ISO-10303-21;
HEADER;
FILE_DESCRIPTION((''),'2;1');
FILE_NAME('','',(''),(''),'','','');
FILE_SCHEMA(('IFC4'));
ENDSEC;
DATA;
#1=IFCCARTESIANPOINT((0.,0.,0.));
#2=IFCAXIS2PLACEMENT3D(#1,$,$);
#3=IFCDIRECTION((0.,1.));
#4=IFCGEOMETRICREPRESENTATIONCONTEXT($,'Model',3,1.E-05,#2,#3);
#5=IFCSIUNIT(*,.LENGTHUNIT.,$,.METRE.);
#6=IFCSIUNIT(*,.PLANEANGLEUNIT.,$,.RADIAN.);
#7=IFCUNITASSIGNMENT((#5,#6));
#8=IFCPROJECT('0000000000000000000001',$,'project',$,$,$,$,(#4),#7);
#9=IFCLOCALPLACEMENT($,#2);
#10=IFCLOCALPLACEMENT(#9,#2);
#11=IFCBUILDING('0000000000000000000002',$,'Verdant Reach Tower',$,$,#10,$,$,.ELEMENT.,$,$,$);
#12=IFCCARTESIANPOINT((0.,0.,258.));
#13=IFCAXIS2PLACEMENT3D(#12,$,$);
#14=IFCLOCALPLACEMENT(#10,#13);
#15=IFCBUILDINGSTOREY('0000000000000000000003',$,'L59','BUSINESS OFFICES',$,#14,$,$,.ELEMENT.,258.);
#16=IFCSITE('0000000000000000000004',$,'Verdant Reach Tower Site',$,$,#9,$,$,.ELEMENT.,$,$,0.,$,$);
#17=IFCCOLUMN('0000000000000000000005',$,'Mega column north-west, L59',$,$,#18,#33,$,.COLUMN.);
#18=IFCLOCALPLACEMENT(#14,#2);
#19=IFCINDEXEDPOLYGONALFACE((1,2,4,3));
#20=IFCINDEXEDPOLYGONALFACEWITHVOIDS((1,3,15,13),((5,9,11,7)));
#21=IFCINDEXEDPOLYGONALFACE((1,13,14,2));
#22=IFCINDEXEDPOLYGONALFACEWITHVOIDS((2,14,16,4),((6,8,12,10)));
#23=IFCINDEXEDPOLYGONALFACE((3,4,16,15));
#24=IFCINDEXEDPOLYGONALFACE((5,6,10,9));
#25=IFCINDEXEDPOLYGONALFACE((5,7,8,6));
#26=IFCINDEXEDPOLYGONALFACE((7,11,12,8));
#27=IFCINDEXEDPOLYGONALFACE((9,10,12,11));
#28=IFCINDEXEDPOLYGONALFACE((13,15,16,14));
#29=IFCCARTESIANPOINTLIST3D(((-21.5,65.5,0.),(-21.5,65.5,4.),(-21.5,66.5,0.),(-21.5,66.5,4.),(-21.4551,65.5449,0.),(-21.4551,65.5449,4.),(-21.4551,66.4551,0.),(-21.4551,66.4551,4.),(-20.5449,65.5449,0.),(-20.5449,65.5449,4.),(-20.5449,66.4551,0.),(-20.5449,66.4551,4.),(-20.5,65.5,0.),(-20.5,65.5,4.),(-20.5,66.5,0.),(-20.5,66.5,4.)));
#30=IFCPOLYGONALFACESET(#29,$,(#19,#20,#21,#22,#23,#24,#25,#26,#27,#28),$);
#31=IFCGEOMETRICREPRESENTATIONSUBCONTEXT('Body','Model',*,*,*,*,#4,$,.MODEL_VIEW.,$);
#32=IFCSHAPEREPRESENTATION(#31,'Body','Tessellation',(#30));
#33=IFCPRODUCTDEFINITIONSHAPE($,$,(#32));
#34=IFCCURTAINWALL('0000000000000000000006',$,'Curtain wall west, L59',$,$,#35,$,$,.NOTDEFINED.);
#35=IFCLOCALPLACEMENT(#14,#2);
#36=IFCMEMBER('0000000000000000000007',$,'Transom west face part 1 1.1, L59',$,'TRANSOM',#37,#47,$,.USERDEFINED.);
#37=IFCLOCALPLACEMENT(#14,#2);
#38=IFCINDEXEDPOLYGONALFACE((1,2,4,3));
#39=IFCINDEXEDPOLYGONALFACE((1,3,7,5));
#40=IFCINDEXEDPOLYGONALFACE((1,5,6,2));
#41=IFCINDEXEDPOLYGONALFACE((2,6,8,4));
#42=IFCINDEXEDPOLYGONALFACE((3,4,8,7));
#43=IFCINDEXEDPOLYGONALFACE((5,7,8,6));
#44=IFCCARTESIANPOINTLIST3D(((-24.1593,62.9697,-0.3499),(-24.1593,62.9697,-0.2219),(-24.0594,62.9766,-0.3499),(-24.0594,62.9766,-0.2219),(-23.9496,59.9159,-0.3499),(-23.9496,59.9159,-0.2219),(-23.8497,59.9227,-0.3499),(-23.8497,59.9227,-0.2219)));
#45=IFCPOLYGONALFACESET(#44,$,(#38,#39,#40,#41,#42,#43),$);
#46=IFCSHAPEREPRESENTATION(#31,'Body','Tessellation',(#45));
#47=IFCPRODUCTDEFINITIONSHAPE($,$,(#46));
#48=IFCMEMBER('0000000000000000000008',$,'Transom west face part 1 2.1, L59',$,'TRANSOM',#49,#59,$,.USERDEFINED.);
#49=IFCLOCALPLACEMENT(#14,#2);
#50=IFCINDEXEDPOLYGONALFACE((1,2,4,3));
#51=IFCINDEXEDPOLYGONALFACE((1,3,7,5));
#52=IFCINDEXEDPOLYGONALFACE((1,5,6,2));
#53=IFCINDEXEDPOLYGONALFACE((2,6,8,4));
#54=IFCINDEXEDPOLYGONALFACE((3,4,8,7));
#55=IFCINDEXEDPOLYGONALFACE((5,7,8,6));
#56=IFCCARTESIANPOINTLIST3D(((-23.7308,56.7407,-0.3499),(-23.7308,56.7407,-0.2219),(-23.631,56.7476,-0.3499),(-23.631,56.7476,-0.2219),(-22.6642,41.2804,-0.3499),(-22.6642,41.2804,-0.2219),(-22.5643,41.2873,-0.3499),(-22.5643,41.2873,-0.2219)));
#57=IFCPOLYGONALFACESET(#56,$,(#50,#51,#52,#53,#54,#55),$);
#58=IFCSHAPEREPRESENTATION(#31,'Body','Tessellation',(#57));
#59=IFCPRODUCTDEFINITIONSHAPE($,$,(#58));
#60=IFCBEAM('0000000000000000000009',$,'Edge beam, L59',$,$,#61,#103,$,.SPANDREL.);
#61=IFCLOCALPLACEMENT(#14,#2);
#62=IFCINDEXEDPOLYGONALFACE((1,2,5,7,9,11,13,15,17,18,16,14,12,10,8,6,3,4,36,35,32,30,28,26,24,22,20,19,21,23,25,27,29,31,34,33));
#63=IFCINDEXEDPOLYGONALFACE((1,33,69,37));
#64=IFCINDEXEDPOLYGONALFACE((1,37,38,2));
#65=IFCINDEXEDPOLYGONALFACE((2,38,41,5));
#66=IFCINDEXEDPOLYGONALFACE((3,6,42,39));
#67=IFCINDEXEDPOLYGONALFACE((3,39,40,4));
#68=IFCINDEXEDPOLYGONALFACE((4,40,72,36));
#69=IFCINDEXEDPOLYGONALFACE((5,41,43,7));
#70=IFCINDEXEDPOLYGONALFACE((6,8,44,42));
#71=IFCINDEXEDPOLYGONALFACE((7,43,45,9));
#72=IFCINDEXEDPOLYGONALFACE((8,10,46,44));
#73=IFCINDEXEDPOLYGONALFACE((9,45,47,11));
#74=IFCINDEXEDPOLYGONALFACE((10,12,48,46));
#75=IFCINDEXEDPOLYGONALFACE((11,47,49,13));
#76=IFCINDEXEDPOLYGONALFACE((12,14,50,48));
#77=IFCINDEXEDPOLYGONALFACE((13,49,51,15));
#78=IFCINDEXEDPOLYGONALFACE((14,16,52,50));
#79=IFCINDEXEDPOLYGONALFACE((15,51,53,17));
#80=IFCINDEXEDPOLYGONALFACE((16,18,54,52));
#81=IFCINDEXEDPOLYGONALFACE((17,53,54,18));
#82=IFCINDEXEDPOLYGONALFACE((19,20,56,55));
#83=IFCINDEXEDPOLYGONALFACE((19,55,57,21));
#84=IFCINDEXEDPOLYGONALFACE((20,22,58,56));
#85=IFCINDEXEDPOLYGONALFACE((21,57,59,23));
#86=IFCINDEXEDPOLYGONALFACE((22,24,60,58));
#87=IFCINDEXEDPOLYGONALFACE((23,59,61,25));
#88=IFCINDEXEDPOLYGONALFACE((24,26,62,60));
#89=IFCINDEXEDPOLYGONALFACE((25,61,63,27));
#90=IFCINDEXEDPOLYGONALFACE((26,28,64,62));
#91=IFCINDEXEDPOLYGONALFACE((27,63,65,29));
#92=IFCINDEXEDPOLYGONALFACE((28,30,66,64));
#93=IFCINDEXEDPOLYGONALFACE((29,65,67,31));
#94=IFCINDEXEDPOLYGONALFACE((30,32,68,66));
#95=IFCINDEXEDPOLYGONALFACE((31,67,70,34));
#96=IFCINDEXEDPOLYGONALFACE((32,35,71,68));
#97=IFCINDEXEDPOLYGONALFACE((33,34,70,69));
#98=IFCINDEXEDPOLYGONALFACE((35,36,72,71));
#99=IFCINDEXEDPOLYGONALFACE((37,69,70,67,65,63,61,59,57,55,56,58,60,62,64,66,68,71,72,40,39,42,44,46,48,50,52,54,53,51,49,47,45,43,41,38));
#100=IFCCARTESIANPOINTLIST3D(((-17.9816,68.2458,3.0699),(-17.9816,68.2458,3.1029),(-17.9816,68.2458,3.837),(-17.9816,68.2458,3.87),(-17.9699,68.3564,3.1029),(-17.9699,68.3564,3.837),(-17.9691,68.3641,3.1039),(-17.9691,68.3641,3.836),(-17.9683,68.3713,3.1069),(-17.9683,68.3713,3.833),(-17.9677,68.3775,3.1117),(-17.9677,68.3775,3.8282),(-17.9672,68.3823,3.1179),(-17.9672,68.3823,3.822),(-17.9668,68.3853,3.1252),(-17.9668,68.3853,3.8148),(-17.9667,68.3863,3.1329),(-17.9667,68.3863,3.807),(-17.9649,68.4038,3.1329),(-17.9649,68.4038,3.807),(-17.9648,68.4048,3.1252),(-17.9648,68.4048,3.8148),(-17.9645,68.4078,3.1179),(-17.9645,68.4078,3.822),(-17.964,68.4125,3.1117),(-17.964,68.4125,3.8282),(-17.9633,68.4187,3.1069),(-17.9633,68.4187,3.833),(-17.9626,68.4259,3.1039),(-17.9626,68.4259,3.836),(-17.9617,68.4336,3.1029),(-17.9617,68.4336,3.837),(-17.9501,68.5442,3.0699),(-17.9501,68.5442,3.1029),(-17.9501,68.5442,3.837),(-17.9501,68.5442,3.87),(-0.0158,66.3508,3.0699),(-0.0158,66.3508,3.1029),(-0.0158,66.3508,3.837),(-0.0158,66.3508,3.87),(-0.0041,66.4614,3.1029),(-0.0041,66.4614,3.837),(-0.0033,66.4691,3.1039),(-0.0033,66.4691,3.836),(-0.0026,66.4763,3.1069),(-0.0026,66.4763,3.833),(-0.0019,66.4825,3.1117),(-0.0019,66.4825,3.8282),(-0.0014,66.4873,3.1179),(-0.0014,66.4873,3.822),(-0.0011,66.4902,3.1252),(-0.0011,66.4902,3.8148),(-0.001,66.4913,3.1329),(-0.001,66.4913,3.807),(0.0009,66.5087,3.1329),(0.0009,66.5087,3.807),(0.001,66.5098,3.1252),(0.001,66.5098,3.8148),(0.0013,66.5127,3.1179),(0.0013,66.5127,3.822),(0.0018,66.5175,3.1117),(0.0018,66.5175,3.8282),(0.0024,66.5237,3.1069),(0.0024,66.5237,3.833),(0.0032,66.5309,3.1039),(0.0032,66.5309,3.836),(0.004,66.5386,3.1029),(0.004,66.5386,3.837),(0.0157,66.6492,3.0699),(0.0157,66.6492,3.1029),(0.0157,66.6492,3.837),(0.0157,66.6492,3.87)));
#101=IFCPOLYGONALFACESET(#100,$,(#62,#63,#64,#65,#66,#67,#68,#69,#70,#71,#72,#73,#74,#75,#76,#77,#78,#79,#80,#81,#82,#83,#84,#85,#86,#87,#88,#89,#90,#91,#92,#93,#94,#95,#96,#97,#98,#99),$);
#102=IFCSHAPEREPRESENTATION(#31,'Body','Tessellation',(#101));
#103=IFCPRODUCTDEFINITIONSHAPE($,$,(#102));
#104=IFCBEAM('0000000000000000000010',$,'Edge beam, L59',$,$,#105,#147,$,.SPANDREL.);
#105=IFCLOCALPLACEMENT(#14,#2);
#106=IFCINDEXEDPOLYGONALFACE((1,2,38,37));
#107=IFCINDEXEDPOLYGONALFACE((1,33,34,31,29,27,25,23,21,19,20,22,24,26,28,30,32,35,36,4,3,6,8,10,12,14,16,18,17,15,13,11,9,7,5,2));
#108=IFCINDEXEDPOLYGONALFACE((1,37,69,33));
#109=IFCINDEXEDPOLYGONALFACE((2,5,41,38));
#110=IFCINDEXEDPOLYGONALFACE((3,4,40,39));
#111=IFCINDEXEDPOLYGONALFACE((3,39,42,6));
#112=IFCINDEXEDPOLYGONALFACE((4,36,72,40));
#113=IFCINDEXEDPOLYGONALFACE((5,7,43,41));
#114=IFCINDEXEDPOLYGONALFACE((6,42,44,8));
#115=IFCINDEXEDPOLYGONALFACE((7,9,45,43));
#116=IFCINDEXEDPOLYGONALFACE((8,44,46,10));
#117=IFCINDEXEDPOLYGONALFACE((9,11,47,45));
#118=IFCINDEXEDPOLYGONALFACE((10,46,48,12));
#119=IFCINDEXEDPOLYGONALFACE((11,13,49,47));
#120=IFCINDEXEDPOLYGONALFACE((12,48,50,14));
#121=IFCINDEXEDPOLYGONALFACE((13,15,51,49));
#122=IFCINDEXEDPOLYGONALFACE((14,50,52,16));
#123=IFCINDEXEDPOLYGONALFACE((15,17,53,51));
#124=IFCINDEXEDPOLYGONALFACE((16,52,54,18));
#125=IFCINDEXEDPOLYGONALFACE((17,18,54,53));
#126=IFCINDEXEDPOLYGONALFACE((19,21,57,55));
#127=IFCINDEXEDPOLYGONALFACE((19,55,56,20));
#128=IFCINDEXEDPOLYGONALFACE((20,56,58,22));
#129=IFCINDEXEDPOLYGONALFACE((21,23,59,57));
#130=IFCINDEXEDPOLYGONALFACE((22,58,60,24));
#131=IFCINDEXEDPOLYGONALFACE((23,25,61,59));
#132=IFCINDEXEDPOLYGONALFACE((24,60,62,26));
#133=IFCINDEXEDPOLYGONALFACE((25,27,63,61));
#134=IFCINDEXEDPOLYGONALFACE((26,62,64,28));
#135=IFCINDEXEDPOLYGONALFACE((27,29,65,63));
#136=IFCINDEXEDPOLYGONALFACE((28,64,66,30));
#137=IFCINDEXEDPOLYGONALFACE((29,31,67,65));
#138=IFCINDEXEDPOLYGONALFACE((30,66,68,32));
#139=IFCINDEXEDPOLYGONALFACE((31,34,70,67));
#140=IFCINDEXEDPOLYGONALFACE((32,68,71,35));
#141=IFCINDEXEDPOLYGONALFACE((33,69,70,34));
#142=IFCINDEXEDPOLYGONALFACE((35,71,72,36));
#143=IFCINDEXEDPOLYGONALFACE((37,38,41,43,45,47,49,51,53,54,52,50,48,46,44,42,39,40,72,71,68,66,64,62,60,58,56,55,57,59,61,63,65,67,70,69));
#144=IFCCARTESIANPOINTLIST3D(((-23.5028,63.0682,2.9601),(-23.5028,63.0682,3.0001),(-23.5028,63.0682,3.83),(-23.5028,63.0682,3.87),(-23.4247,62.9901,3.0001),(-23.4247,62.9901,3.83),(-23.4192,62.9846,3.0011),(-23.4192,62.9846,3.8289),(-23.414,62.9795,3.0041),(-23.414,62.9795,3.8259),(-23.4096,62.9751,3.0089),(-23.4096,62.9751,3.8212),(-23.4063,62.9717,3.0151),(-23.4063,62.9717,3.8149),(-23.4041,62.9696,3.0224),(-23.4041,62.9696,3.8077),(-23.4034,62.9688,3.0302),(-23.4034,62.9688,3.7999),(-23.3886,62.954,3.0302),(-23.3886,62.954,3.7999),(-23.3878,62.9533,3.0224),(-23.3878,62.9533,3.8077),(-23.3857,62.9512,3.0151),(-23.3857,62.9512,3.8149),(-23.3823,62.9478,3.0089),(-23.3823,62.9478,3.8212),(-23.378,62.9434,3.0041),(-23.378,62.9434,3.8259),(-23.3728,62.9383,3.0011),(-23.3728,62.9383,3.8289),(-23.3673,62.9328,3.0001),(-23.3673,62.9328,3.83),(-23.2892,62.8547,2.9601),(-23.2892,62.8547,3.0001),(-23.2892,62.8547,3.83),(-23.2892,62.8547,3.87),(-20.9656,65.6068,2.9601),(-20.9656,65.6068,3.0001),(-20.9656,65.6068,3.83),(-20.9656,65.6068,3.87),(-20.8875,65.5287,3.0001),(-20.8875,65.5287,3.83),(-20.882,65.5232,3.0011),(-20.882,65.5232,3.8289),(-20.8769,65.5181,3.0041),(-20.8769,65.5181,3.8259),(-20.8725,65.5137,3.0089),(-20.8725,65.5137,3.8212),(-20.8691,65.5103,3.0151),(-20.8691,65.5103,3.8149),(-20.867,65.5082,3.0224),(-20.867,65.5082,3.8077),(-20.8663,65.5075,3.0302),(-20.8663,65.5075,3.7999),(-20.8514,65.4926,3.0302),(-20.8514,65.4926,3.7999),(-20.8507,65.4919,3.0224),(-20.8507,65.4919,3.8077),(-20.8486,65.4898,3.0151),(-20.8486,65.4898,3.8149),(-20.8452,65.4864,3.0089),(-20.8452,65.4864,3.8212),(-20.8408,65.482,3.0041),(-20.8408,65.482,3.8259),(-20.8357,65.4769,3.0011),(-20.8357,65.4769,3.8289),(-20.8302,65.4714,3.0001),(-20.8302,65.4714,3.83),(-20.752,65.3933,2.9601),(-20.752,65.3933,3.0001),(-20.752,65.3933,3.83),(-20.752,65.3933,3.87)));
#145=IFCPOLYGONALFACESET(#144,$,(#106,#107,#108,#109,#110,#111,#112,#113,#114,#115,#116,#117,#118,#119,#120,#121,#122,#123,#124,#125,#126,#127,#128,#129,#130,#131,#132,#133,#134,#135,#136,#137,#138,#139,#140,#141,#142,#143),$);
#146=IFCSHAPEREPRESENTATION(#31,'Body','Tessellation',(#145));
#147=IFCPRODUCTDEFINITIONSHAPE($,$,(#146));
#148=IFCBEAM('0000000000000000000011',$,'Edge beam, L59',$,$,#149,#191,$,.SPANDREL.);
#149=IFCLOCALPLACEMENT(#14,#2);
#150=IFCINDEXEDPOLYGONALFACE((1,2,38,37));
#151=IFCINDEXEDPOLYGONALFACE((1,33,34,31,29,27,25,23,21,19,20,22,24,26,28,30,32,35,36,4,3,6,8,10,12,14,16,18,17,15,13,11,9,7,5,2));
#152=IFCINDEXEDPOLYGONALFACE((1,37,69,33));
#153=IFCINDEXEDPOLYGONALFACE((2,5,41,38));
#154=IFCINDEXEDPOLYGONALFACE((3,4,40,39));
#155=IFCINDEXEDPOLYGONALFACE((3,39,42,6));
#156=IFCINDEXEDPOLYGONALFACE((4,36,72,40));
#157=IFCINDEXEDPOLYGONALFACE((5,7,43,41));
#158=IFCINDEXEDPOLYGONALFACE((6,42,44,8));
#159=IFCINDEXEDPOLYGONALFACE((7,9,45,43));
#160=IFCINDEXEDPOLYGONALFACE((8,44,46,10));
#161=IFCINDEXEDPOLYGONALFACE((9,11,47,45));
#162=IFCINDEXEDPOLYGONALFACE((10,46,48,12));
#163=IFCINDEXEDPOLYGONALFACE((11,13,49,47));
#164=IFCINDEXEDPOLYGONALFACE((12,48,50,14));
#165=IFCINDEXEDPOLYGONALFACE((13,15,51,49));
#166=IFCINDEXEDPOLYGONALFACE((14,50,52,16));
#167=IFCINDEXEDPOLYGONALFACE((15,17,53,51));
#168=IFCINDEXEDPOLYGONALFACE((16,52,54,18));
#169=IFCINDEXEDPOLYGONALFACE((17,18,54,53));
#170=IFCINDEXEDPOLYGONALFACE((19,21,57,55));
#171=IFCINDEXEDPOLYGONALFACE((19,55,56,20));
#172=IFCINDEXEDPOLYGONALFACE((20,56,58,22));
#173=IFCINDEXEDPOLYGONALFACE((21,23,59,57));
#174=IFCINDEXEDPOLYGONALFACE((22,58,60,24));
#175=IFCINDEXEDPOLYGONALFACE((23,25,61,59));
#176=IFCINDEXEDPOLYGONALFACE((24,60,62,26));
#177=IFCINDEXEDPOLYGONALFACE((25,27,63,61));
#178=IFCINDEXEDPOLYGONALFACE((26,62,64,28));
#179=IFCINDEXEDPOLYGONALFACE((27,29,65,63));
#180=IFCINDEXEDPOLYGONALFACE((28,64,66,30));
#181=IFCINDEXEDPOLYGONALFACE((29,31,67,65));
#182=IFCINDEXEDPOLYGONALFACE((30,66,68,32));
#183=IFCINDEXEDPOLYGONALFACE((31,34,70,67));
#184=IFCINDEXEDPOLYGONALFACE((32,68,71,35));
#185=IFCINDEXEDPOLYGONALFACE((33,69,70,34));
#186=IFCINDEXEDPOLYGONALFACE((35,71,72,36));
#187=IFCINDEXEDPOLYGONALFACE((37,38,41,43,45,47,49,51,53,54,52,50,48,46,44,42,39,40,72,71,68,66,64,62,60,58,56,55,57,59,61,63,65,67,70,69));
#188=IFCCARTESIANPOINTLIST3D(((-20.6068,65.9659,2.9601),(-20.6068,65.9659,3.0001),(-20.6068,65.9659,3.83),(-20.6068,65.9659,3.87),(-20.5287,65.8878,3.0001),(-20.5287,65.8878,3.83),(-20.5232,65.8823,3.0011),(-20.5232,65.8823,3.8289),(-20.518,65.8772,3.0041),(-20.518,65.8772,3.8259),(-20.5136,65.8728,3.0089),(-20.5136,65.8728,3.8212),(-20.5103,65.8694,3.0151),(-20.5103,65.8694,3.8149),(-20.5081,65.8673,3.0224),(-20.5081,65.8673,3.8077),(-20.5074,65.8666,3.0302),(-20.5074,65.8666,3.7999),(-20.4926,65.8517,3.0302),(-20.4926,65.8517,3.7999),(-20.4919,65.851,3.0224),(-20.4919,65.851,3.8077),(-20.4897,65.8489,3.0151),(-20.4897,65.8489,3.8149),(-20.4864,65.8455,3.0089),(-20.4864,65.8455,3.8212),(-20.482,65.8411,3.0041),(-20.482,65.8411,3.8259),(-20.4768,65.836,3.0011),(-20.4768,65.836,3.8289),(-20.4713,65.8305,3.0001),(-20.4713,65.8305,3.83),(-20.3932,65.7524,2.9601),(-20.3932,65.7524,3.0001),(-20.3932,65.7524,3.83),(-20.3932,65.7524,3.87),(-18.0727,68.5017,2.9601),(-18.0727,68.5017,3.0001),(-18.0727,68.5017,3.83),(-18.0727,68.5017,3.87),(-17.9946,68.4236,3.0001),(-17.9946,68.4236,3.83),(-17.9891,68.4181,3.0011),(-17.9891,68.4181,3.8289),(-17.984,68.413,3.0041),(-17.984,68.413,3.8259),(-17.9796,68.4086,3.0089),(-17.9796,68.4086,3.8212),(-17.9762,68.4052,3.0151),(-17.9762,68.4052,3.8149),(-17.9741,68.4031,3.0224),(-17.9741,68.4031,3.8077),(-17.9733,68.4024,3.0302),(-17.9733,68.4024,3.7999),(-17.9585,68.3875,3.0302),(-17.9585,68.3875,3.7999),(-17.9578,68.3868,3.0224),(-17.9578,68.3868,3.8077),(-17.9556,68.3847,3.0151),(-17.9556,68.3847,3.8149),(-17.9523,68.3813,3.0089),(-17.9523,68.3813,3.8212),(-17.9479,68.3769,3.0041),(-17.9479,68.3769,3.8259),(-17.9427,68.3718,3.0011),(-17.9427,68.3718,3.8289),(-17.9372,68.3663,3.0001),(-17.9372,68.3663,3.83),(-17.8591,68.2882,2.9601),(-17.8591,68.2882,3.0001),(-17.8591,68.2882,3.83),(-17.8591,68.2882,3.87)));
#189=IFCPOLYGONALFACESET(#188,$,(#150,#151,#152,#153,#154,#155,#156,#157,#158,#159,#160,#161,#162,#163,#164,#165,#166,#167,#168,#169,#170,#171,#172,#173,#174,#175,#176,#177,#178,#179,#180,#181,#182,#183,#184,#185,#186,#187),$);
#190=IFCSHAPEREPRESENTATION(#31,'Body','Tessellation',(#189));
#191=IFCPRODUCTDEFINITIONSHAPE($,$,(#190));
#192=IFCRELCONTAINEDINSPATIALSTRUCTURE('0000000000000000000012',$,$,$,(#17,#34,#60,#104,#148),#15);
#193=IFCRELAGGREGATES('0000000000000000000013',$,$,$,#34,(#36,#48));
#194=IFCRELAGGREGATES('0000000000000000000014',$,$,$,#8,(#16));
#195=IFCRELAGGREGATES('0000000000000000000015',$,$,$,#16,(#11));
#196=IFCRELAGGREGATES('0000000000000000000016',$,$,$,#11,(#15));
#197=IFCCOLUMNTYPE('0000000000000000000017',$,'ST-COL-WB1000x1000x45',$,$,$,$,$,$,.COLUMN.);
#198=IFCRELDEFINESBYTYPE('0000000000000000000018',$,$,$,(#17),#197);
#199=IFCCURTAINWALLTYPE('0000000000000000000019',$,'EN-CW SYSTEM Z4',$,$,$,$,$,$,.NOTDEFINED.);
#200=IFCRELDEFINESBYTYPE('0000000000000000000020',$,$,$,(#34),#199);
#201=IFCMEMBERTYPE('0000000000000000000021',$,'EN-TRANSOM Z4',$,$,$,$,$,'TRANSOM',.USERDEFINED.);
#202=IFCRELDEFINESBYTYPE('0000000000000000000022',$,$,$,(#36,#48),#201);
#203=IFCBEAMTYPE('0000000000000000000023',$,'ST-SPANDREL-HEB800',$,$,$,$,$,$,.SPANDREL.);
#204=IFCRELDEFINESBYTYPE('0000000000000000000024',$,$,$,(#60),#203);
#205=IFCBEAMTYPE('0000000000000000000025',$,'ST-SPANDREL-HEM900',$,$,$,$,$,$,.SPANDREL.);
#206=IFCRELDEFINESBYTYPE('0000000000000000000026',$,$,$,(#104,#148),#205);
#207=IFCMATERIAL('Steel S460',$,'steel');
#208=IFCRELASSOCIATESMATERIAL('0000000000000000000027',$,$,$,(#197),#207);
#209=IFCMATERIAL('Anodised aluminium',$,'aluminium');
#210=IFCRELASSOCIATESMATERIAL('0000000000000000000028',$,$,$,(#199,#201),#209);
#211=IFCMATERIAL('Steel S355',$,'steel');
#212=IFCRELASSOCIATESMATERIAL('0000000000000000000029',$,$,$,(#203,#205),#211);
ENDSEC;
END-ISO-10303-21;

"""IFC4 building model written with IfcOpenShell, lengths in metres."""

from ifc_helpers import new_model, si_unit, direction, frame, origin, origin_2d, place, context, subcontext, project, spatial, rectangle, hollow_rectangle, i_section, extrude, material, material_profile, profile_set, type_object, element, aggregate, save


model = new_model("IFC4")

# Units and contexts
model_context = context("Model", 3, precision=1e-05, world=origin(), true_north=direction((0.0, 1.0)))
body_context = subcontext(model_context, "Body", "Model", "MODEL_VIEW")
ifc_project = project(units=[si_unit("LENGTHUNIT", "METRE"), si_unit("PLANEANGLEUNIT", "RADIAN")], contexts=[model_context])

# Site, building, storey
site_placement = place(None, origin())
site = spatial("IfcSite", under=ifc_project, at=site_placement, Name="Verdant Reach Tower Site", CompositionType="ELEMENT", RefElevation=0.0)
building_placement = place(site_placement, origin())
building = spatial("IfcBuilding", under=site, at=building_placement, Name="Verdant Reach Tower", CompositionType="ELEMENT")
storey_placement = place(building_placement, frame((0.0, 0.0, 258.0)))
storey = spatial("IfcBuildingStorey", under=building, at=storey_placement, Name="L59", Description="BUSINESS OFFICES", CompositionType="ELEMENT", Elevation=258.0)

# Column
ifc_material_1 = material(Name="Steel S460", Category="steel")
ifc_material_profile_1 = material_profile(ifc_material_1, hollow_rectangle(XDim=1.0, YDim=1.0, WallThickness=0.0449, at=origin_2d()), Name="WB 1000x1000x45")
ifc_profile_set_1 = profile_set([ifc_material_profile_1], Name="Steel S460")
column_type = type_object("IfcColumnType", Name="ST-COL-WB1000x1000x45", PredefinedType="COLUMN", material=ifc_profile_set_1)
column_placement = place(storey_placement, frame((-21.0, 66.0, 0.0), z_axis=(0.0, 0.0, 1.0), x_axis=(1.0, 0.0, 0.0)))
element("IfcColumn", 1, at=column_placement, inside=storey, type_object=column_type, Name="Mega column north-west, L59", PredefinedType="COLUMN", context=body_context, shape_type="SweptSolid", body=[
    extrude(hollow_rectangle(XDim=1.0, YDim=1.0, WallThickness=0.0449, at=origin_2d()), origin(), (0.0, 0.0, 1.0), 4.0),
])

# Curtain wall, members
ifc_material_2 = material(Name="Anodised aluminium", Category="aluminium")
curtain_wall_type = type_object("IfcCurtainWallType", Name="EN-CW SYSTEM Z4", PredefinedType="NOTDEFINED", material=ifc_material_2)
curtain_wall_1_placement = place(storey_placement, origin())
curtain_wall_1 = element("IfcCurtainWall", 2, at=curtain_wall_1_placement, inside=storey, type_object=curtain_wall_type, Name="Curtain wall west, L59", PredefinedType="NOTDEFINED")
ifc_material_profile_2 = material_profile(ifc_material_2, rectangle(XDim=0.1001, YDim=0.1279, at=origin_2d()), Name="Transom 128x100")
ifc_profile_set_2 = profile_set([ifc_material_profile_2], Name="Anodised aluminium")
member_type = type_object("IfcMemberType", Name="EN-TRANSOM Z4", ElementType="TRANSOM", PredefinedType="USERDEFINED", material=ifc_profile_set_2)
member_1_placement = place(storey_placement, frame((-24.1094, 62.9731, -0.2859), z_axis=(0.068509, -0.99765, 0.0), x_axis=(0.99765, 0.068509, 0.0)))
member_1 = element("IfcMember", 3, at=member_1_placement, type_object=member_type, Name="Transom west face part 1 1.1, L59", ObjectType="TRANSOM", PredefinedType="USERDEFINED", context=body_context, shape_type="SweptSolid", body=[
    extrude(rectangle(XDim=0.1001, YDim=0.1279, at=origin_2d()), origin(), (0.0, 0.0, 1.0), 3.061),
])
member_2_placement = place(storey_placement, frame((-23.6809, 56.7441, -0.2859), z_axis=(0.06883, -0.997628, 0.0), x_axis=(0.997628, 0.06883, 0.0)))
member_2 = element("IfcMember", 4, at=member_2_placement, type_object=member_type, Name="Transom west face part 1 2.1, L59", ObjectType="TRANSOM", PredefinedType="USERDEFINED", context=body_context, shape_type="SweptSolid", body=[
    extrude(rectangle(XDim=0.1001, YDim=0.1279, at=origin_2d()), origin(), (0.0, 0.0, 1.0), 15.4971),
])

# Beams
ifc_material_3 = material(Name="Steel S355", Category="steel")
ifc_material_profile_3 = material_profile(ifc_material_3, i_section(OverallWidth=0.3, OverallDepth=0.8, WebThickness=0.0176, FlangeThickness=0.033, FilletRadius=0.03, at=origin_2d()), Name="HEB 800")
ifc_profile_set_3 = profile_set([ifc_material_profile_3], Name="Steel S355")
beam_type_1 = type_object("IfcBeamType", Name="ST-SPANDREL-HEB800", PredefinedType="SPANDREL", material=ifc_profile_set_3)
beam_1_placement = place(storey_placement, frame((-17.9658, 68.395, 3.47), z_axis=(0.994483, -0.104897, 0.0), x_axis=(0.104897, 0.994483, 0.0)))
element("IfcBeam", 5, at=beam_1_placement, inside=storey, type_object=beam_type_1, Name="Edge beam, L59", PredefinedType="SPANDREL", context=body_context, shape_type="SweptSolid", body=[
    extrude(i_section(OverallWidth=0.3, OverallDepth=0.8, WebThickness=0.0176, FlangeThickness=0.033, FilletRadius=0.03, at=origin_2d()), origin(), (0.0, 0.0, 1.0), 18.0654),
])
ifc_material_profile_4 = material_profile(ifc_material_3, i_section(OverallWidth=0.302, OverallDepth=0.9099, WebThickness=0.021, FlangeThickness=0.04, FilletRadius=0.03, at=origin_2d()), Name="HEM 900")
ifc_profile_set_4 = profile_set([ifc_material_profile_4], Name="Steel S355")
beam_type_2 = type_object("IfcBeamType", Name="ST-SPANDREL-HEM900", PredefinedType="SPANDREL", material=ifc_profile_set_4)
beam_2_placement = place(storey_placement, frame((-23.396, 62.9614, 3.415), z_axis=(0.706903, 0.707311, 0.0), x_axis=(-0.707311, 0.706903, 0.0)))
element("IfcBeam", 6, at=beam_2_placement, inside=storey, type_object=beam_type_2, Name="Edge beam, L59", PredefinedType="SPANDREL", context=body_context, shape_type="SweptSolid", body=[
    extrude(i_section(OverallWidth=0.302, OverallDepth=0.9099, WebThickness=0.021, FlangeThickness=0.04, FilletRadius=0.03, at=origin_2d()), origin(), (0.0, 0.0, 1.0), 3.5891),
])
beam_3_placement = place(storey_placement, frame((-20.5, 65.8591, 3.415), z_axis=(0.706868, 0.707345, 0.0), x_axis=(-0.707345, 0.706868, 0.0)))
element("IfcBeam", 7, at=beam_3_placement, inside=storey, type_object=beam_type_2, Name="Edge beam, L59", PredefinedType="SPANDREL", context=body_context, shape_type="SweptSolid", body=[
    extrude(i_section(OverallWidth=0.302, OverallDepth=0.9099, WebThickness=0.021, FlangeThickness=0.04, FilletRadius=0.03, at=origin_2d()), origin(), (0.0, 0.0, 1.0), 3.585),
])

aggregate(curtain_wall_1, [member_1, member_2])

save(model, "model.ifc")
